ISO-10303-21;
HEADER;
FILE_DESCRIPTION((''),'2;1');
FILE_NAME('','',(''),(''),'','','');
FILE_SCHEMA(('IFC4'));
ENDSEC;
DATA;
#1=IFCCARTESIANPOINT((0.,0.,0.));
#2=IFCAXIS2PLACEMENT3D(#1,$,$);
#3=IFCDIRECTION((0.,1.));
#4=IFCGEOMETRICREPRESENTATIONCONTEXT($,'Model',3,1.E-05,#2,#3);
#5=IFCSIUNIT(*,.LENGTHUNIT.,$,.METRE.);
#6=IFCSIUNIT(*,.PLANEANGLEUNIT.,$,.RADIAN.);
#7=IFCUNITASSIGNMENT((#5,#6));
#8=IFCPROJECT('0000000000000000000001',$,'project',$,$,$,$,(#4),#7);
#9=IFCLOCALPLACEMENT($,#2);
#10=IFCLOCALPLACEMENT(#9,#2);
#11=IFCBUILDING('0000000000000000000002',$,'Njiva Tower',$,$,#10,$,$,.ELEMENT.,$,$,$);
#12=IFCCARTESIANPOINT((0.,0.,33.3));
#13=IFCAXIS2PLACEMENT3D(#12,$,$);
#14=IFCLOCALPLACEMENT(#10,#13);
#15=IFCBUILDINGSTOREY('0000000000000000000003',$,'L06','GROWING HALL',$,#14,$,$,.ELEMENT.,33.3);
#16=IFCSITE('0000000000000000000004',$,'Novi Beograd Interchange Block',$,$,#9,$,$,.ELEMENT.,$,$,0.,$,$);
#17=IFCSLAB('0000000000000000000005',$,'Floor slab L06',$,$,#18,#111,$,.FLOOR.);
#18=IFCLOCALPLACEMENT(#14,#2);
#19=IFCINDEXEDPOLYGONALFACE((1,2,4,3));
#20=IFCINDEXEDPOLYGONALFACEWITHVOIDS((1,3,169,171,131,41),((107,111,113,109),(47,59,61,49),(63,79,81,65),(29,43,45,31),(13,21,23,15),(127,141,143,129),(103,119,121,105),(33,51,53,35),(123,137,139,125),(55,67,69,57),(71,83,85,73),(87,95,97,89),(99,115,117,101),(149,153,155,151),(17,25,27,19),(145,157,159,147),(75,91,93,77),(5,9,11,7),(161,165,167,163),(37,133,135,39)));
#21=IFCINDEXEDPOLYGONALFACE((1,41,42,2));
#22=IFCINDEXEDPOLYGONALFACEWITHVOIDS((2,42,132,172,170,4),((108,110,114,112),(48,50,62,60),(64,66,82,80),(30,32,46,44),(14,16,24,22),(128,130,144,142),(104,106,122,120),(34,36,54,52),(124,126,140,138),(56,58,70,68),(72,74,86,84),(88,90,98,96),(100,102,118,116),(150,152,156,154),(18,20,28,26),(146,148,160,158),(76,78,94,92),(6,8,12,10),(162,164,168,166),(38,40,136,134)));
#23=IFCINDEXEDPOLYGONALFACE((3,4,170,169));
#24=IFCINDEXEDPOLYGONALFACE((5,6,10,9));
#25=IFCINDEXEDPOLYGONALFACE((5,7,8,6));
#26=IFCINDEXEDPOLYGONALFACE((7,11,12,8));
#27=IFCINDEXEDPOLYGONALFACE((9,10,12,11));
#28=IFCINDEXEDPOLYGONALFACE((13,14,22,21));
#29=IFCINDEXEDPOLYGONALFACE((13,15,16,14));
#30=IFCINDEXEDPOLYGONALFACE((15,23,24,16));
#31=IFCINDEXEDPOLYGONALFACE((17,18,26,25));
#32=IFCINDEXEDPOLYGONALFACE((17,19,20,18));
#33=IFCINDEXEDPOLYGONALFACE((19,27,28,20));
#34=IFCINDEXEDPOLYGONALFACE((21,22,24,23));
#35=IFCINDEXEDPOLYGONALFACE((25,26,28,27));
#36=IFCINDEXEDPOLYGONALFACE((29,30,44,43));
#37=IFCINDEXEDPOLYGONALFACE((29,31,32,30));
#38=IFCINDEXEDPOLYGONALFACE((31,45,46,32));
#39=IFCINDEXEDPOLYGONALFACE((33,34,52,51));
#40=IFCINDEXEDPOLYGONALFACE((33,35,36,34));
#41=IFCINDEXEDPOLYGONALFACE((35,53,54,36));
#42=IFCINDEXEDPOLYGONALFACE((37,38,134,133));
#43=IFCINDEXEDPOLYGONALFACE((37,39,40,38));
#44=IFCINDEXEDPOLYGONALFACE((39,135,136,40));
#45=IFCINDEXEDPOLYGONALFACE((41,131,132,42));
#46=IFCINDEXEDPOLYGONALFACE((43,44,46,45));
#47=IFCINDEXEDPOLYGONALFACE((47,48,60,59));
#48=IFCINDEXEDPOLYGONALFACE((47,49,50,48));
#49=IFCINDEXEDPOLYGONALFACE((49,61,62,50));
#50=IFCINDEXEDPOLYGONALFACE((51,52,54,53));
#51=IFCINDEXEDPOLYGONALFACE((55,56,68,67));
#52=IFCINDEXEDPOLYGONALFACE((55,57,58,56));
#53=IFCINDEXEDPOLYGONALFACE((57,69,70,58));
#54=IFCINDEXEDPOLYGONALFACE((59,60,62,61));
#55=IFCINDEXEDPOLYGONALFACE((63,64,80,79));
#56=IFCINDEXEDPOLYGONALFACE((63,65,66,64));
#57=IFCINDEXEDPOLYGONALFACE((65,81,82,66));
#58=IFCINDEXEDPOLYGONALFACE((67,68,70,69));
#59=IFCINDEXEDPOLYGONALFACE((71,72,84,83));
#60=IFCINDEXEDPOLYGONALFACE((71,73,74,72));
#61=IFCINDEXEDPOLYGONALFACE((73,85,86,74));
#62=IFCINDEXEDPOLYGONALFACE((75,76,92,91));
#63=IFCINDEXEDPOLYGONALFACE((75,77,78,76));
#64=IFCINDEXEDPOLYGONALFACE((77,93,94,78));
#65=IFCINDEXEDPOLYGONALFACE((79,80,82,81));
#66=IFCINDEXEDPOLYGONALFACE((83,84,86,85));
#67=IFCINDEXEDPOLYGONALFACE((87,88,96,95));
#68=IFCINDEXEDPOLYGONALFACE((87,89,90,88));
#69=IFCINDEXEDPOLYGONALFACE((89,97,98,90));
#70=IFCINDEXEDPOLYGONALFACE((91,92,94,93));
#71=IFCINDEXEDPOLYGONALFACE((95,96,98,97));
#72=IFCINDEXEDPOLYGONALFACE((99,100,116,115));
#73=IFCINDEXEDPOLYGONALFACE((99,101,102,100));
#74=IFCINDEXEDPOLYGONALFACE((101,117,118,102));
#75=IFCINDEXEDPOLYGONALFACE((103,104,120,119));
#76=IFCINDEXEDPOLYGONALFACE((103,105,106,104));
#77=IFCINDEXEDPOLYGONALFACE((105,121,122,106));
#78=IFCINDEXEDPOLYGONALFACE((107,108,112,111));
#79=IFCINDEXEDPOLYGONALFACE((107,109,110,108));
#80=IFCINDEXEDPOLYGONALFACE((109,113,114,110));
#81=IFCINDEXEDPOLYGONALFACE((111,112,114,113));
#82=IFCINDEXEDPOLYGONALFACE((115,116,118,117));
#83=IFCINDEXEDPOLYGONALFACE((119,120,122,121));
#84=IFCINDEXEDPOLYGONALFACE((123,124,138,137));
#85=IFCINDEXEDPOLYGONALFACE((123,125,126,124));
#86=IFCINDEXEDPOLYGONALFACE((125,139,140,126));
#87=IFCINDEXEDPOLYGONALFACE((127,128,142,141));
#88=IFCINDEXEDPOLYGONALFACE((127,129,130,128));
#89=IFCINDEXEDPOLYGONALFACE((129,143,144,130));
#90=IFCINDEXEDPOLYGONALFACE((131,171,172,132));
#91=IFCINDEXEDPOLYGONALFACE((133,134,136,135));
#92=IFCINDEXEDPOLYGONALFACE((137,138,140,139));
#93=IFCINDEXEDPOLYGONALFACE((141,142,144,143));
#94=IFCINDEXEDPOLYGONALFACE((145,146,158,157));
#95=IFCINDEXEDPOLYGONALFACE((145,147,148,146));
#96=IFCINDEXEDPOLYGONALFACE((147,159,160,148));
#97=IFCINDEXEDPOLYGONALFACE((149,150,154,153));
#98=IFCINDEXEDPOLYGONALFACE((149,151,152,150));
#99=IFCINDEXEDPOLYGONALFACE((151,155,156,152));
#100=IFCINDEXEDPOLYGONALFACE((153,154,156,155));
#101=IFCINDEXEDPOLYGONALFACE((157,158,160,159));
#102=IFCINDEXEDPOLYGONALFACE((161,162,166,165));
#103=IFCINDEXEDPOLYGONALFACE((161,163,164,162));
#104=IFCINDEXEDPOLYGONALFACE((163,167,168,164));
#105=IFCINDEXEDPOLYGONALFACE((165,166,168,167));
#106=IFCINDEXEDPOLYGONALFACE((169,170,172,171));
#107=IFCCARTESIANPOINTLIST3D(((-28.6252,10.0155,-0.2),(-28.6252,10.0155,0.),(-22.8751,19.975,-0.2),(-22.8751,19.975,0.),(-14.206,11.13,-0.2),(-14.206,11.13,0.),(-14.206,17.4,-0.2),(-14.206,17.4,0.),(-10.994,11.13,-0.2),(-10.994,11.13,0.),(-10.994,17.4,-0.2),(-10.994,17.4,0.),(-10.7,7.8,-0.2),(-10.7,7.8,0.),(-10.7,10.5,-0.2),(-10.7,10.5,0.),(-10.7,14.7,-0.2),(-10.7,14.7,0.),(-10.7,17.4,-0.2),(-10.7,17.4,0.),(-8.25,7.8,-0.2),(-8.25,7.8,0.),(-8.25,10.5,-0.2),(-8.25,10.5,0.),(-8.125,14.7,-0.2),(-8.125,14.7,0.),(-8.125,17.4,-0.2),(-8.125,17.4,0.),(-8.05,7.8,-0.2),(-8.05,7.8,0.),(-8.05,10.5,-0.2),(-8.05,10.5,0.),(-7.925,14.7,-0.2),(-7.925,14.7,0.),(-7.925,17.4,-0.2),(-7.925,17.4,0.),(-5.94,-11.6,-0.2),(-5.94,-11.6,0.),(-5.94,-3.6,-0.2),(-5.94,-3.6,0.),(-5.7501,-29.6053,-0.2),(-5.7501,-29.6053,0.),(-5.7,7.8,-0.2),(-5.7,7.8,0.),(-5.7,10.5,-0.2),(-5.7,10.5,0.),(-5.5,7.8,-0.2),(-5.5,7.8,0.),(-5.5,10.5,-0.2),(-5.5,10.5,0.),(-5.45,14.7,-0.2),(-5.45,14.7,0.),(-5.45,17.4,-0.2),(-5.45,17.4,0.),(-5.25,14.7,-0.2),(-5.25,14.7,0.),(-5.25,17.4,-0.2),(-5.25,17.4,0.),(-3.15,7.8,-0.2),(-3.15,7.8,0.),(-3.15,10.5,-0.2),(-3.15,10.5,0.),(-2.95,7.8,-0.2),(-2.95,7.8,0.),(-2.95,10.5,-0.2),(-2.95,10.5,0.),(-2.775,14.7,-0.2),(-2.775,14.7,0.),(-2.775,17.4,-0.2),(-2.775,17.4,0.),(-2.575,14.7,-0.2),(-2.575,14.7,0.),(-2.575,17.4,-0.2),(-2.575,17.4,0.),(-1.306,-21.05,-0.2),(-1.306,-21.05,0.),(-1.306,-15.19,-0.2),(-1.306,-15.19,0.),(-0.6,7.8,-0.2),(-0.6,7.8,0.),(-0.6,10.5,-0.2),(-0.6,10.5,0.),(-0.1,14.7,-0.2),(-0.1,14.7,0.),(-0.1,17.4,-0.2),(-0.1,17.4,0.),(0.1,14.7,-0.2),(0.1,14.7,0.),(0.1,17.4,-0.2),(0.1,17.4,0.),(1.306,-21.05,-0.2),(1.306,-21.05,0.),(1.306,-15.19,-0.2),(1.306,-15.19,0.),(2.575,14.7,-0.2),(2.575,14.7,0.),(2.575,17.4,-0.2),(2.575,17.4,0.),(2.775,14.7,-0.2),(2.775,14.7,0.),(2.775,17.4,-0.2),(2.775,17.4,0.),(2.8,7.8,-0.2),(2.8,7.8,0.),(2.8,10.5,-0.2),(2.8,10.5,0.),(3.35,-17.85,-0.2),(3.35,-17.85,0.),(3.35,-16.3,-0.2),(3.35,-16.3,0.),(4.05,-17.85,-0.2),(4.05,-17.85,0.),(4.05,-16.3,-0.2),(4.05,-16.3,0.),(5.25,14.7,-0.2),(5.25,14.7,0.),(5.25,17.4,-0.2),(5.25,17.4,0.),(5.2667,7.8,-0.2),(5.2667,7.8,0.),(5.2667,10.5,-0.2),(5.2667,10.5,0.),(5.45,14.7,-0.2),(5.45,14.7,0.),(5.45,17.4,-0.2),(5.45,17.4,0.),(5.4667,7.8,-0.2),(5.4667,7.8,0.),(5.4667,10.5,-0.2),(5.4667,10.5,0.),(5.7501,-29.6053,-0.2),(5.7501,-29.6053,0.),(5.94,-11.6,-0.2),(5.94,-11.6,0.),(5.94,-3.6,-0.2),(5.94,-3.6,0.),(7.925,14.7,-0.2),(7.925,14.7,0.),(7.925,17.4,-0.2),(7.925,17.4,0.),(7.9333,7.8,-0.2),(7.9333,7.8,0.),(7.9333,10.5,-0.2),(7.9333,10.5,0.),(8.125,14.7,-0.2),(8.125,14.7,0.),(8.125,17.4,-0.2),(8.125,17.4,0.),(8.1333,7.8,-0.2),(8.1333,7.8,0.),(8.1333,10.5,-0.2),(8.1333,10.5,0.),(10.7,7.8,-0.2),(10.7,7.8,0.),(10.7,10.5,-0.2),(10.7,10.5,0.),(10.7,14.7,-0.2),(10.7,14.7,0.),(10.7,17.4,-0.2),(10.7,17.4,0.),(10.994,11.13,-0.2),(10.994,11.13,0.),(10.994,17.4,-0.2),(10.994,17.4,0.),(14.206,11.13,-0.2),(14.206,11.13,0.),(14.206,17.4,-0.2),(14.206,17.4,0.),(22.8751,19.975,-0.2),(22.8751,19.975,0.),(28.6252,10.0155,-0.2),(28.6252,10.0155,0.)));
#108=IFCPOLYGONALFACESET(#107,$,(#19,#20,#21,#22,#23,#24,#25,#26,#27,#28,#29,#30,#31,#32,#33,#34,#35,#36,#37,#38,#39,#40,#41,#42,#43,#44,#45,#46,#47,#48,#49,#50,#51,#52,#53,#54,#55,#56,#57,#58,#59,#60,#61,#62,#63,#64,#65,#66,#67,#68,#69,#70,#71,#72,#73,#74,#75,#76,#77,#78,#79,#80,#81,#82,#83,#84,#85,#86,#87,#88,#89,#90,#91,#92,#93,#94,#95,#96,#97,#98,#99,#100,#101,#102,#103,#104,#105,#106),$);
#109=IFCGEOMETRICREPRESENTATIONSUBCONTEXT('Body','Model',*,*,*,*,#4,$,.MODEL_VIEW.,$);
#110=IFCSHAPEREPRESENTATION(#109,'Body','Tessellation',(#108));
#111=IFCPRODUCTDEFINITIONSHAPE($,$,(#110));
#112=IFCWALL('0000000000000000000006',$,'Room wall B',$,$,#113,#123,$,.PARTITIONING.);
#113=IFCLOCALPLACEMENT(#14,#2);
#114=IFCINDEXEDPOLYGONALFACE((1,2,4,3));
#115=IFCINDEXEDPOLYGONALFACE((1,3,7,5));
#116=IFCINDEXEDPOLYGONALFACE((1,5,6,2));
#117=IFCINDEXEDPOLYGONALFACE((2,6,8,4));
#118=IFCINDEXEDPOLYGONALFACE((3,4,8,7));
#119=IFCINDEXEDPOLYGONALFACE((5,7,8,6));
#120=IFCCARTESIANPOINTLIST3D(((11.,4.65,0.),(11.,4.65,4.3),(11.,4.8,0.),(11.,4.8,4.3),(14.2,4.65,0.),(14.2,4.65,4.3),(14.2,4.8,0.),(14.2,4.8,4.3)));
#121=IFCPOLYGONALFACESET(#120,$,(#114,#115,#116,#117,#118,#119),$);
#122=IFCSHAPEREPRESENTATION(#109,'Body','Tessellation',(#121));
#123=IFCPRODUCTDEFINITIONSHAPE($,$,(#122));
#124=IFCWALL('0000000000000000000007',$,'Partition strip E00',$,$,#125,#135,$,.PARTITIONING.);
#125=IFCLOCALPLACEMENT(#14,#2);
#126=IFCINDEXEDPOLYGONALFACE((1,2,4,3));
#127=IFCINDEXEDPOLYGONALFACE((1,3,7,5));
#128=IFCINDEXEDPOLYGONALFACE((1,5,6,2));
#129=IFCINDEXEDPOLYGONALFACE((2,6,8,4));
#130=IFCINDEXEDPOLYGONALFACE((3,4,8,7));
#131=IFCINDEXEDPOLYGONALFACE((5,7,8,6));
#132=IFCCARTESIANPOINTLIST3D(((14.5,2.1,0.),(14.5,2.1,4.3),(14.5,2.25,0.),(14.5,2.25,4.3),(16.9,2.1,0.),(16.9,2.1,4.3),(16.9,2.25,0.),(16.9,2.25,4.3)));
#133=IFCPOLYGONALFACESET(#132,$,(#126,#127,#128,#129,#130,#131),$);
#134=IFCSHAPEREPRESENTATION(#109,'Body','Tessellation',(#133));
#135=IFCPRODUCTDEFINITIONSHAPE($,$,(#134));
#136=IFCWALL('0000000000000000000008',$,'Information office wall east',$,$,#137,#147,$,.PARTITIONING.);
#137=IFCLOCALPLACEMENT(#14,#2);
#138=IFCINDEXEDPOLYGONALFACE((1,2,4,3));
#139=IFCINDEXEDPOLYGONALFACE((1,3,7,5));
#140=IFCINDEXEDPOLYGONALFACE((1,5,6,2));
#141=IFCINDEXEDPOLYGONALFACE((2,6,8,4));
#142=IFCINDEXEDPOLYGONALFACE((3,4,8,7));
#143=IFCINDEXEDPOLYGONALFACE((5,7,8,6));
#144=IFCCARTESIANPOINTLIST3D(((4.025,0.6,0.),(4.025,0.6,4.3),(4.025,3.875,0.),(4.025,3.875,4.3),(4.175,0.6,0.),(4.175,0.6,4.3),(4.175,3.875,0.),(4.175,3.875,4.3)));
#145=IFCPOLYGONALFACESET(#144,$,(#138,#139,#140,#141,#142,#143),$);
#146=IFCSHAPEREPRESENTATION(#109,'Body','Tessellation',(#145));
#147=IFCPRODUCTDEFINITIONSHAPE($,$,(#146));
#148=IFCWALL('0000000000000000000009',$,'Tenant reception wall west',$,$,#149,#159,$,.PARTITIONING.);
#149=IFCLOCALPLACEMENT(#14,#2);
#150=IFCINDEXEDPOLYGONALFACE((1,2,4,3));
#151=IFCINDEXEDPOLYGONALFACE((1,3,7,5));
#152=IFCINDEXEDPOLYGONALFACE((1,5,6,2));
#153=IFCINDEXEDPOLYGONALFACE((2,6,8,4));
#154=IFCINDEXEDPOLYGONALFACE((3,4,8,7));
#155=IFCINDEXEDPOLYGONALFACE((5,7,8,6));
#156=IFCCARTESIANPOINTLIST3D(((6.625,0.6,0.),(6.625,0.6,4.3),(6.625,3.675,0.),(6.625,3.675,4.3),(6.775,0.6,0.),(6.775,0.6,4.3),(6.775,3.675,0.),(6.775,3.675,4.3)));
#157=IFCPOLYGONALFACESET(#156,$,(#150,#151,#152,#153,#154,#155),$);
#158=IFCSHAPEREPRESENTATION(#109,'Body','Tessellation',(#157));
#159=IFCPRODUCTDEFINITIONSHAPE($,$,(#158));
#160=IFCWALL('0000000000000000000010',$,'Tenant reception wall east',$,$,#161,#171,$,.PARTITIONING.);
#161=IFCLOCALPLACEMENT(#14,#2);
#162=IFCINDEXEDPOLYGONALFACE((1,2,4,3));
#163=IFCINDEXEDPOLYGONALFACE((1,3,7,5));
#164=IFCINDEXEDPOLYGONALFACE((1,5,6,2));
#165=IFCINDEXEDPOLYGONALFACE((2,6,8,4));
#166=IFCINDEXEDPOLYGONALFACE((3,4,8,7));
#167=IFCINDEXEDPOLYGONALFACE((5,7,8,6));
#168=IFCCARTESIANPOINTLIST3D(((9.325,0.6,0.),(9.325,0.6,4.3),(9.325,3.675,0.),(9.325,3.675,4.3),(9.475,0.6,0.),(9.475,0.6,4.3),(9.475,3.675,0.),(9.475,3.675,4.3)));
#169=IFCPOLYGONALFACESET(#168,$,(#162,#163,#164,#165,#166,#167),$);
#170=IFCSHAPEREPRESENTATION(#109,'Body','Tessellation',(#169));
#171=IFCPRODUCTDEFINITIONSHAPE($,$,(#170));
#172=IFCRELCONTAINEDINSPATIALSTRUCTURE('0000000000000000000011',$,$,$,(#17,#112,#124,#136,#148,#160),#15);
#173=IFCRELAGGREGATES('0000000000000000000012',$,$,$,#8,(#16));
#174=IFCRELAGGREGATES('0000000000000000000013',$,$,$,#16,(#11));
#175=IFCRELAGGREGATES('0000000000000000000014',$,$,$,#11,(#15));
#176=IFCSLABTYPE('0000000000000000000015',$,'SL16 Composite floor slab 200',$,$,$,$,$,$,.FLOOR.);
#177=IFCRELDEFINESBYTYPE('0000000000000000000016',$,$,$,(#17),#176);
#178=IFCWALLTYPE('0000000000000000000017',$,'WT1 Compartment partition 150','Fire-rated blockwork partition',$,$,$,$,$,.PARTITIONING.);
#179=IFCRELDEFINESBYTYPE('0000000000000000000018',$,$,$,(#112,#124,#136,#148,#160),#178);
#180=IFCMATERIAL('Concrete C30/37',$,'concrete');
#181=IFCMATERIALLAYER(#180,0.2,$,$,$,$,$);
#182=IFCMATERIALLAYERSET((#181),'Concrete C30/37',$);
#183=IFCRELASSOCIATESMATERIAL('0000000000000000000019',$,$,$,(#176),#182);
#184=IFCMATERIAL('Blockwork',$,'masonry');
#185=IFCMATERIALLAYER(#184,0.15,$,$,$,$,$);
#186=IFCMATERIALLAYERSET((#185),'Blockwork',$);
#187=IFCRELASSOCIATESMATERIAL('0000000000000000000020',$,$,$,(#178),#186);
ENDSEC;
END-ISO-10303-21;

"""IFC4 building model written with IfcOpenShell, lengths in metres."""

from ifc_helpers import new_model, si_unit, direction, frame, frame_2d, origin, place, context, subcontext, project, spatial, polyline, rectangle, outline, extrude, material, layer, layer_set, type_object, element, save


model = new_model("IFC4")

# Units and contexts
model_context = context("Model", 3, precision=1e-05, world=origin(), true_north=direction((0.0, 1.0)))
body_context = subcontext(model_context, "Body", "Model", "MODEL_VIEW")
ifc_project = project(units=[si_unit("LENGTHUNIT", "METRE"), si_unit("PLANEANGLEUNIT", "RADIAN")], contexts=[model_context])

# Site, building, storey
site_placement = place(None, origin())
site = spatial("IfcSite", under=ifc_project, at=site_placement, Name="Novi Beograd Interchange Block", CompositionType="ELEMENT", RefElevation=0.0)
building_placement = place(site_placement, origin())
building = spatial("IfcBuilding", under=site, at=building_placement, Name="Njiva Tower", CompositionType="ELEMENT")
storey_placement = place(building_placement, frame((0.0, 0.0, 33.3)))
storey = spatial("IfcBuildingStorey", under=building, at=storey_placement, Name="L06", Description="GROWING HALL", CompositionType="ELEMENT", Elevation=33.3)

# Slab
ifc_material_1 = material(Name="Concrete C30/37", Category="concrete")
ifc_layer_1 = layer(ifc_material_1, 0.2)
ifc_layer_set_1 = layer_set([ifc_layer_1], Name="Concrete C30/37")
slab_type_1 = type_object("IfcSlabType", Name="SL16 Composite floor slab 200", PredefinedType="FLOOR", material=ifc_layer_set_1)
slab_1_placement = place(storey_placement, frame((0.0, 0.0, -0.2)))
element("IfcSlab", 1, at=slab_1_placement, inside=storey, type_object=slab_type_1, Name="Floor slab L06", PredefinedType="FLOOR", context=body_context, shape_type="SweptSolid", body=[
    extrude(outline(polyline([(28.6252, 10.0155), (5.7501, -29.6053), (-5.7501, -29.6053), (-28.6252, 10.0155), (-22.8751, 19.975), (22.8751, 19.975), (28.6252, 10.0155)]), holes=[polyline([(10.994, 11.13), (14.206, 11.13), (14.206, 17.4), (10.994, 17.4), (10.994, 11.13)]), polyline([(8.125, 17.4), (8.125, 14.7), (10.7, 14.7), (10.7, 17.4), (8.125, 17.4)]), polyline([(8.1333, 10.5), (8.1333, 7.8), (10.7, 7.8), (10.7, 10.5), (8.1333, 10.5)]), polyline([(5.4667, 10.5), (5.4667, 7.8), (7.9333, 7.8), (7.9333, 10.5), (5.4667, 10.5)]), polyline([(5.45, 17.4), (5.45, 14.7), (7.925, 14.7), (7.925, 17.4), (5.45, 17.4)]), polyline([(5.94, -11.6), (5.94, -3.6), (-5.94, -3.6), (-5.94, -11.6), (5.94, -11.6)]), polyline([(2.8, 7.8), (5.2667, 7.8), (5.2667, 10.5), (2.8, 10.5), (2.8, 7.8)]), polyline([(2.775, 14.7), (5.25, 14.7), (5.25, 17.4), (2.775, 17.4), (2.775, 14.7)]), polyline([(3.35, -17.85), (4.05, -17.85), (4.05, -16.3), (3.35, -16.3), (3.35, -17.85)]), polyline([(0.1, 14.7), (2.575, 14.7), (2.575, 17.4), (0.1, 17.4), (0.1, 14.7)]), polyline([(-1.306, -21.05), (1.306, -21.05), (1.306, -15.19), (-1.306, -15.19), (-1.306, -21.05)]), polyline([(-2.575, 17.4), (-2.575, 14.7), (-0.1, 14.7), (-0.1, 17.4), (-2.575, 17.4)]), polyline([(-2.95, 10.5), (-2.95, 7.8), (-0.6, 7.8), (-0.6, 10.5), (-2.95, 10.5)]), polyline([(-5.25, 17.4), (-5.25, 14.7), (-2.775, 14.7), (-2.775, 17.4), (-5.25, 17.4)]), polyline([(-5.5, 10.5), (-5.5, 7.8), (-3.15, 7.8), (-3.15, 10.5), (-5.5, 10.5)]), polyline([(-7.925, 14.7), (-5.45, 14.7), (-5.45, 17.4), (-7.925, 17.4), (-7.925, 14.7)]), polyline([(-8.05, 7.8), (-5.7, 7.8), (-5.7, 10.5), (-8.05, 10.5), (-8.05, 7.8)]), polyline([(-10.7, 14.7), (-8.125, 14.7), (-8.125, 17.4), (-10.7, 17.4), (-10.7, 14.7)]), polyline([(-10.7, 7.8), (-8.25, 7.8), (-8.25, 10.5), (-10.7, 10.5), (-10.7, 7.8)]), polyline([(-14.206, 11.13), (-10.994, 11.13), (-10.994, 17.4), (-14.206, 17.4), (-14.206, 11.13)])]), origin(), (0.0, 0.0, 1.0), 0.2),
])

# Walls
ifc_material_2 = material(Name="Blockwork", Category="masonry")
ifc_layer_2 = layer(ifc_material_2, 0.15)
ifc_layer_set_2 = layer_set([ifc_layer_2], Name="Blockwork")
wall_type_1 = type_object("IfcWallType", Name="WT1 Compartment partition 150", Description="Fire-rated blockwork partition", PredefinedType="PARTITIONING", material=ifc_layer_set_2)
wall_1_placement = place(storey_placement, frame((11.0, 4.725, 0.0), z_axis=(0.0, 0.0, 1.0), x_axis=(1.0, 0.0, 0.0)))
element("IfcWall", 2, at=wall_1_placement, inside=storey, type_object=wall_type_1, Name="Room wall B", PredefinedType="PARTITIONING", context=body_context, shape_type="SweptSolid", body=[
    extrude(rectangle(XDim=3.2, YDim=0.15, at=frame_2d((1.6, 0.0))), origin(), (0.0, 0.0, 1.0), 4.3),
])
wall_2_placement = place(storey_placement, frame((14.5, 2.175, 0.0), z_axis=(0.0, 0.0, 1.0), x_axis=(1.0, 0.0, 0.0)))
element("IfcWall", 3, at=wall_2_placement, inside=storey, type_object=wall_type_1, Name="Partition strip E00", PredefinedType="PARTITIONING", context=body_context, shape_type="SweptSolid", body=[
    extrude(rectangle(XDim=2.4, YDim=0.15, at=frame_2d((1.2, 0.0))), origin(), (0.0, 0.0, 1.0), 4.3),
])
wall_3_placement = place(storey_placement, frame((4.1, 0.6, 0.0), z_axis=(0.0, 0.0, 1.0), x_axis=(0.0, 1.0, 0.0)))
element("IfcWall", 4, at=wall_3_placement, inside=storey, type_object=wall_type_1, Name="Information office wall east", PredefinedType="PARTITIONING", context=body_context, shape_type="SweptSolid", body=[
    extrude(rectangle(XDim=3.275, YDim=0.15, at=frame_2d((1.6375, 0.0))), origin(), (0.0, 0.0, 1.0), 4.3),
])
for number, where, z_axis, x_axis, name in (
    (5, (6.7, 0.6, 0.0), (0.0, 0.0, 1.0), (0.0, 1.0, 0.0), "Tenant reception wall west"),
    (6, (9.4, 0.6, 0.0), (0.0, 0.0, 1.0), (0.0, 1.0, 0.0), "Tenant reception wall east"),
):
    element("IfcWall", number, at=place(storey_placement, frame(where, z_axis=z_axis, x_axis=x_axis)), inside=storey, type_object=wall_type_1, Name=name, PredefinedType="PARTITIONING", context=body_context, shape_type="SweptSolid", body=[
        extrude(rectangle(XDim=3.075, YDim=0.15, at=frame_2d((1.5375, 0.0))), origin(), (0.0, 0.0, 1.0), 4.3),
    ])

save(model, "model.ifc")
